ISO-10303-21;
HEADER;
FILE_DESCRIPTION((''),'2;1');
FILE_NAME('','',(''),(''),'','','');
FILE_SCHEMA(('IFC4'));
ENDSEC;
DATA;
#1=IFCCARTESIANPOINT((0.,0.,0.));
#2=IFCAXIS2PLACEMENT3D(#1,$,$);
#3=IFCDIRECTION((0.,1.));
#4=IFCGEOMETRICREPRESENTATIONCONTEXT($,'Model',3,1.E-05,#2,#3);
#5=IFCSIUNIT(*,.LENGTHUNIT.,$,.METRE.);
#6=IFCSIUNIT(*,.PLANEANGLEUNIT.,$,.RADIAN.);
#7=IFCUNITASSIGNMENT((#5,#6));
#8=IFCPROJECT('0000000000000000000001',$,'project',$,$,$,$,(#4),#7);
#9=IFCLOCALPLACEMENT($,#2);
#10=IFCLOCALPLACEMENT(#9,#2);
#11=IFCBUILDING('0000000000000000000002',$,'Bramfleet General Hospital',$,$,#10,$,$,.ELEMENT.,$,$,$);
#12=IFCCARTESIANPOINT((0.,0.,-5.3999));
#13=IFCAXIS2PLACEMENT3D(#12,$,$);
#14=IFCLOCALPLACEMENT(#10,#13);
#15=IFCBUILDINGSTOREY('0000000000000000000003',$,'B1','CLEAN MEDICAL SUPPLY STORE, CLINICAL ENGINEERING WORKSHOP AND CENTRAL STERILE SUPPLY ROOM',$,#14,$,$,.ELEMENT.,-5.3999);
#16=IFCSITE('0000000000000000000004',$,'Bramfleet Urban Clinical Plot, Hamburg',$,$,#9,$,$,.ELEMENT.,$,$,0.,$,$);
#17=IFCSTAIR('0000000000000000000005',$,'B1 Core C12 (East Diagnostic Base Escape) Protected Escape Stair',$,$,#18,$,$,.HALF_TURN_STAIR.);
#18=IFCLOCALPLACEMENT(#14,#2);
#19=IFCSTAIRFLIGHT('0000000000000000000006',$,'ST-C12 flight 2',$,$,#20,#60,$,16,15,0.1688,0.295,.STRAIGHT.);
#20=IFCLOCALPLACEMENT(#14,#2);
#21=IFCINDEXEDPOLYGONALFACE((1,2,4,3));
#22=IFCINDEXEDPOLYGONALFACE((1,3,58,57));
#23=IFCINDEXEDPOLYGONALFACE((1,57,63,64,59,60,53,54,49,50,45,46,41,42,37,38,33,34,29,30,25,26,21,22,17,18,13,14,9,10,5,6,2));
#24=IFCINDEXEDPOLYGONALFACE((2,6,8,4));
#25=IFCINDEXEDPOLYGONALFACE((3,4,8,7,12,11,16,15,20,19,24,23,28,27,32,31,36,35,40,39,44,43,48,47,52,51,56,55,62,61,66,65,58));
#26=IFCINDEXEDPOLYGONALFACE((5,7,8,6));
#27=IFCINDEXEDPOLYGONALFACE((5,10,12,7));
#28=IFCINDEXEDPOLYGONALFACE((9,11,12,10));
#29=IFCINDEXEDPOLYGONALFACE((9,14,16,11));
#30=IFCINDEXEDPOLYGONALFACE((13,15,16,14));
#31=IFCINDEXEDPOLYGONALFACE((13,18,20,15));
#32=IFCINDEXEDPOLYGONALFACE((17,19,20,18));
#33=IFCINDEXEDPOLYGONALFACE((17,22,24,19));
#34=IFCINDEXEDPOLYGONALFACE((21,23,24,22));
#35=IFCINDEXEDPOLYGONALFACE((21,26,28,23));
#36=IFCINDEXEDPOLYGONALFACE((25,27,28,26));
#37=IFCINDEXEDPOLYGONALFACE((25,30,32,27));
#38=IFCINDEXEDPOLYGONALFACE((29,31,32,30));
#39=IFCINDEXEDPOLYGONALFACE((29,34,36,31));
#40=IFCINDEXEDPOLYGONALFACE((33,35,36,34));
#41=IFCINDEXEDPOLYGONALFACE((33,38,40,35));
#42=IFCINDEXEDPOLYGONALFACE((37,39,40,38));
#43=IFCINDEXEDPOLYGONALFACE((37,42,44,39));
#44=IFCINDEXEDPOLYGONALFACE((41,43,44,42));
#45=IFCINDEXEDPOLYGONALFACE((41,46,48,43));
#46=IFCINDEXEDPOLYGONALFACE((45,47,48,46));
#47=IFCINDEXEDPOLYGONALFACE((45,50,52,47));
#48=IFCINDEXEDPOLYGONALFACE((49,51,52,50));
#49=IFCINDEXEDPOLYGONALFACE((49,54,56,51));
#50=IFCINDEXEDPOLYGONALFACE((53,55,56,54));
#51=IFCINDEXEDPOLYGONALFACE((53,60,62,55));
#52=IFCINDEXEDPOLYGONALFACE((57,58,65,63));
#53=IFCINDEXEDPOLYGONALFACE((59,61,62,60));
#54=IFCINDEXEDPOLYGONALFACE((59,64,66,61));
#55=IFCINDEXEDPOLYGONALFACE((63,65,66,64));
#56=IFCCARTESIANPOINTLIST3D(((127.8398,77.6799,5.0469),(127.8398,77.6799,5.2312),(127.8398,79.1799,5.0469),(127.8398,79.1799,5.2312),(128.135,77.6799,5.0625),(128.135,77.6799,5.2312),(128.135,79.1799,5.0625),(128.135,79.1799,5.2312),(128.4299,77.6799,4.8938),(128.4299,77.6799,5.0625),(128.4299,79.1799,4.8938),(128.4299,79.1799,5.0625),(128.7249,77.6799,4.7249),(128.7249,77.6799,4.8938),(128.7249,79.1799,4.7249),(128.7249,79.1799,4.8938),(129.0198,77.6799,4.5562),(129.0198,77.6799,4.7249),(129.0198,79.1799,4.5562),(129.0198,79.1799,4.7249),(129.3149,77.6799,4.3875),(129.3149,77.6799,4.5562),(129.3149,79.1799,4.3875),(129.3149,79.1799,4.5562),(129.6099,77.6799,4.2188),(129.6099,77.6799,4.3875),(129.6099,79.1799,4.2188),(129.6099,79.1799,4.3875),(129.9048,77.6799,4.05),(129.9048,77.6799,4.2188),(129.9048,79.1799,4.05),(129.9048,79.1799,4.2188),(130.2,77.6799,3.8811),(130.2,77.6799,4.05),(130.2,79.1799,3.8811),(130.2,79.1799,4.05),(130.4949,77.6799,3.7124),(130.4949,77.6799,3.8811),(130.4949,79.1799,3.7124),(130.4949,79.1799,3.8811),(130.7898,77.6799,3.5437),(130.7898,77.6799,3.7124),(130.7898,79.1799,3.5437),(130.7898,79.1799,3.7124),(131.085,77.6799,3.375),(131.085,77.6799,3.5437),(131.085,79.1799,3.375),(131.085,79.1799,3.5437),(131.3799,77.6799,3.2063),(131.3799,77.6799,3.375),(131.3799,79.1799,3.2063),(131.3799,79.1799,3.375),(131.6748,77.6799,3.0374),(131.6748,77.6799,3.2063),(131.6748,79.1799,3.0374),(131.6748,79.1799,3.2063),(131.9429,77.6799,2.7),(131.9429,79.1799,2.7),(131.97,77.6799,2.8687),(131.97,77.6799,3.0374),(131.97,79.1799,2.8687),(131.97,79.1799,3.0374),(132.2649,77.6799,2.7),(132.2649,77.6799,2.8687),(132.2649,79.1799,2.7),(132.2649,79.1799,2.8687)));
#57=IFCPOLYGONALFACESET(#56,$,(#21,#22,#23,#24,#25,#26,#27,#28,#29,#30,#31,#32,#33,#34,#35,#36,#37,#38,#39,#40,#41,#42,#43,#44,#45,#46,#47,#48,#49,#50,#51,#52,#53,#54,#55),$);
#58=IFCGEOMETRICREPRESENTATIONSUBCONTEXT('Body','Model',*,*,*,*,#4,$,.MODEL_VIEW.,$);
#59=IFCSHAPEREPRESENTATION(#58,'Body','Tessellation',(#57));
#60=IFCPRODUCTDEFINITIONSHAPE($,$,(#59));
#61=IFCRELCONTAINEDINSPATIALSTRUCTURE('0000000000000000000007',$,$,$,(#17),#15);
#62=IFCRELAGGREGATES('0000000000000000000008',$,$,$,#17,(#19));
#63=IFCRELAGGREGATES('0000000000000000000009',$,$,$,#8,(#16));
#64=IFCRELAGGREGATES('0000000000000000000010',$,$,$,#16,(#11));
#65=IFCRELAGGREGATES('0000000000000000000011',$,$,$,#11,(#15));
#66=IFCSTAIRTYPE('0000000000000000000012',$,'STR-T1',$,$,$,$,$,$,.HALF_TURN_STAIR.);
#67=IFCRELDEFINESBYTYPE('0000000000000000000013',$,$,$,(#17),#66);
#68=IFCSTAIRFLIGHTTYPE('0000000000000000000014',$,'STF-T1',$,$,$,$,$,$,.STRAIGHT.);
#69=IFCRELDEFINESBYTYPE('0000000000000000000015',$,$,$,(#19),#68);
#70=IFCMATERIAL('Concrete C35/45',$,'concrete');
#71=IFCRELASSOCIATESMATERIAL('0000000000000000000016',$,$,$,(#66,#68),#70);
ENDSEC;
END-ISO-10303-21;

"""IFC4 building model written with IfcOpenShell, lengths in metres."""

from ifc_helpers import new_model, si_unit, direction, frame, origin, place, context, subcontext, project, spatial, polyline, outline, extrude, material, type_object, element, aggregate, save


model = new_model("IFC4")

# Units and contexts
model_context = context("Model", 3, precision=1e-05, world=origin(), true_north=direction((0.0, 1.0)))
body_context = subcontext(model_context, "Body", "Model", "MODEL_VIEW")
ifc_project = project(units=[si_unit("LENGTHUNIT", "METRE"), si_unit("PLANEANGLEUNIT", "RADIAN")], contexts=[model_context])

# Site, building, storey
site_placement = place(None, origin())
site = spatial("IfcSite", under=ifc_project, at=site_placement, Name="Bramfleet Urban Clinical Plot, Hamburg", CompositionType="ELEMENT", RefElevation=0.0)
building_placement = place(site_placement, origin())
building = spatial("IfcBuilding", under=site, at=building_placement, Name="Bramfleet General Hospital", CompositionType="ELEMENT")
storey_placement = place(building_placement, frame((0.0, 0.0, -5.3999)))
storey = spatial("IfcBuildingStorey", under=building, at=storey_placement, Name="B1", Description="CLEAN MEDICAL SUPPLY STORE, CLINICAL ENGINEERING WORKSHOP AND CENTRAL STERILE SUPPLY ROOM", CompositionType="ELEMENT", Elevation=-5.3999)

# Shared definitions
ifc_material_1 = material(Name="Concrete C35/45", Category="concrete")

# Stair, stair flight
stair_type = type_object("IfcStairType", Name="STR-T1", PredefinedType="HALF_TURN_STAIR", material=ifc_material_1)
stair_placement = place(storey_placement, origin())
stair = element("IfcStair", 1, at=stair_placement, inside=storey, type_object=stair_type, Name="B1 Core C12 (East Diagnostic Base Escape) Protected Escape Stair", PredefinedType="HALF_TURN_STAIR")
stair_flight_type = type_object("IfcStairFlightType", Name="STF-T1", PredefinedType="STRAIGHT", material=ifc_material_1)
stair_flight_1_placement = place(storey_placement, frame((132.2649, 78.4299, 2.7), z_axis=(0.0, 0.0, 1.0), x_axis=(-1.0, 0.0, 0.0)))
stair_flight_1 = element("IfcStairFlight", 2, at=stair_flight_1_placement, type_object=stair_flight_type, Name="ST-C12 flight 2", NumberOfRisers=16, NumberOfTreads=15, PredefinedType="STRAIGHT", RiserHeight=0.1688, TreadLength=0.295, context=body_context, shape_type="SweptSolid", body=[
    extrude(outline(polyline([(0.0, 0.0), (0.0, 0.1687), (0.2949, 0.1687), (0.2949, 0.3374), (0.5901, 0.3374), (0.5901, 0.5063), (0.885, 0.5063), (0.885, 0.675), (1.1799, 0.675), (1.1799, 0.8438), (1.4751, 0.8438), (1.4751, 1.0125), (1.77, 1.0125), (1.77, 1.1812), (2.0649, 1.1812), (2.0649, 1.3501), (2.3601, 1.3501), (2.3601, 1.5188), (2.655, 1.5188), (2.655, 1.6875), (2.95, 1.6875), (2.95, 1.8562), (3.2451, 1.8562), (3.2451, 2.0249), (3.54, 2.0249), (3.54, 2.1938), (3.835, 2.1938), (3.835, 2.3625), (4.1299, 2.3625), (4.1299, 2.5312), (4.425, 2.5312), (4.425, 2.7), (4.425, 2.3469), (0.322, 0.0), (0.0, 0.0)])), frame((0.0, 0.75, 0.0), z_axis=(0.0, -1.0, 0.0), x_axis=(1.0, 0.0, 0.0)), (0.0, 0.0, 1.0), 1.5),
])
aggregate(stair, [stair_flight_1])

save(model, "model.ifc")
